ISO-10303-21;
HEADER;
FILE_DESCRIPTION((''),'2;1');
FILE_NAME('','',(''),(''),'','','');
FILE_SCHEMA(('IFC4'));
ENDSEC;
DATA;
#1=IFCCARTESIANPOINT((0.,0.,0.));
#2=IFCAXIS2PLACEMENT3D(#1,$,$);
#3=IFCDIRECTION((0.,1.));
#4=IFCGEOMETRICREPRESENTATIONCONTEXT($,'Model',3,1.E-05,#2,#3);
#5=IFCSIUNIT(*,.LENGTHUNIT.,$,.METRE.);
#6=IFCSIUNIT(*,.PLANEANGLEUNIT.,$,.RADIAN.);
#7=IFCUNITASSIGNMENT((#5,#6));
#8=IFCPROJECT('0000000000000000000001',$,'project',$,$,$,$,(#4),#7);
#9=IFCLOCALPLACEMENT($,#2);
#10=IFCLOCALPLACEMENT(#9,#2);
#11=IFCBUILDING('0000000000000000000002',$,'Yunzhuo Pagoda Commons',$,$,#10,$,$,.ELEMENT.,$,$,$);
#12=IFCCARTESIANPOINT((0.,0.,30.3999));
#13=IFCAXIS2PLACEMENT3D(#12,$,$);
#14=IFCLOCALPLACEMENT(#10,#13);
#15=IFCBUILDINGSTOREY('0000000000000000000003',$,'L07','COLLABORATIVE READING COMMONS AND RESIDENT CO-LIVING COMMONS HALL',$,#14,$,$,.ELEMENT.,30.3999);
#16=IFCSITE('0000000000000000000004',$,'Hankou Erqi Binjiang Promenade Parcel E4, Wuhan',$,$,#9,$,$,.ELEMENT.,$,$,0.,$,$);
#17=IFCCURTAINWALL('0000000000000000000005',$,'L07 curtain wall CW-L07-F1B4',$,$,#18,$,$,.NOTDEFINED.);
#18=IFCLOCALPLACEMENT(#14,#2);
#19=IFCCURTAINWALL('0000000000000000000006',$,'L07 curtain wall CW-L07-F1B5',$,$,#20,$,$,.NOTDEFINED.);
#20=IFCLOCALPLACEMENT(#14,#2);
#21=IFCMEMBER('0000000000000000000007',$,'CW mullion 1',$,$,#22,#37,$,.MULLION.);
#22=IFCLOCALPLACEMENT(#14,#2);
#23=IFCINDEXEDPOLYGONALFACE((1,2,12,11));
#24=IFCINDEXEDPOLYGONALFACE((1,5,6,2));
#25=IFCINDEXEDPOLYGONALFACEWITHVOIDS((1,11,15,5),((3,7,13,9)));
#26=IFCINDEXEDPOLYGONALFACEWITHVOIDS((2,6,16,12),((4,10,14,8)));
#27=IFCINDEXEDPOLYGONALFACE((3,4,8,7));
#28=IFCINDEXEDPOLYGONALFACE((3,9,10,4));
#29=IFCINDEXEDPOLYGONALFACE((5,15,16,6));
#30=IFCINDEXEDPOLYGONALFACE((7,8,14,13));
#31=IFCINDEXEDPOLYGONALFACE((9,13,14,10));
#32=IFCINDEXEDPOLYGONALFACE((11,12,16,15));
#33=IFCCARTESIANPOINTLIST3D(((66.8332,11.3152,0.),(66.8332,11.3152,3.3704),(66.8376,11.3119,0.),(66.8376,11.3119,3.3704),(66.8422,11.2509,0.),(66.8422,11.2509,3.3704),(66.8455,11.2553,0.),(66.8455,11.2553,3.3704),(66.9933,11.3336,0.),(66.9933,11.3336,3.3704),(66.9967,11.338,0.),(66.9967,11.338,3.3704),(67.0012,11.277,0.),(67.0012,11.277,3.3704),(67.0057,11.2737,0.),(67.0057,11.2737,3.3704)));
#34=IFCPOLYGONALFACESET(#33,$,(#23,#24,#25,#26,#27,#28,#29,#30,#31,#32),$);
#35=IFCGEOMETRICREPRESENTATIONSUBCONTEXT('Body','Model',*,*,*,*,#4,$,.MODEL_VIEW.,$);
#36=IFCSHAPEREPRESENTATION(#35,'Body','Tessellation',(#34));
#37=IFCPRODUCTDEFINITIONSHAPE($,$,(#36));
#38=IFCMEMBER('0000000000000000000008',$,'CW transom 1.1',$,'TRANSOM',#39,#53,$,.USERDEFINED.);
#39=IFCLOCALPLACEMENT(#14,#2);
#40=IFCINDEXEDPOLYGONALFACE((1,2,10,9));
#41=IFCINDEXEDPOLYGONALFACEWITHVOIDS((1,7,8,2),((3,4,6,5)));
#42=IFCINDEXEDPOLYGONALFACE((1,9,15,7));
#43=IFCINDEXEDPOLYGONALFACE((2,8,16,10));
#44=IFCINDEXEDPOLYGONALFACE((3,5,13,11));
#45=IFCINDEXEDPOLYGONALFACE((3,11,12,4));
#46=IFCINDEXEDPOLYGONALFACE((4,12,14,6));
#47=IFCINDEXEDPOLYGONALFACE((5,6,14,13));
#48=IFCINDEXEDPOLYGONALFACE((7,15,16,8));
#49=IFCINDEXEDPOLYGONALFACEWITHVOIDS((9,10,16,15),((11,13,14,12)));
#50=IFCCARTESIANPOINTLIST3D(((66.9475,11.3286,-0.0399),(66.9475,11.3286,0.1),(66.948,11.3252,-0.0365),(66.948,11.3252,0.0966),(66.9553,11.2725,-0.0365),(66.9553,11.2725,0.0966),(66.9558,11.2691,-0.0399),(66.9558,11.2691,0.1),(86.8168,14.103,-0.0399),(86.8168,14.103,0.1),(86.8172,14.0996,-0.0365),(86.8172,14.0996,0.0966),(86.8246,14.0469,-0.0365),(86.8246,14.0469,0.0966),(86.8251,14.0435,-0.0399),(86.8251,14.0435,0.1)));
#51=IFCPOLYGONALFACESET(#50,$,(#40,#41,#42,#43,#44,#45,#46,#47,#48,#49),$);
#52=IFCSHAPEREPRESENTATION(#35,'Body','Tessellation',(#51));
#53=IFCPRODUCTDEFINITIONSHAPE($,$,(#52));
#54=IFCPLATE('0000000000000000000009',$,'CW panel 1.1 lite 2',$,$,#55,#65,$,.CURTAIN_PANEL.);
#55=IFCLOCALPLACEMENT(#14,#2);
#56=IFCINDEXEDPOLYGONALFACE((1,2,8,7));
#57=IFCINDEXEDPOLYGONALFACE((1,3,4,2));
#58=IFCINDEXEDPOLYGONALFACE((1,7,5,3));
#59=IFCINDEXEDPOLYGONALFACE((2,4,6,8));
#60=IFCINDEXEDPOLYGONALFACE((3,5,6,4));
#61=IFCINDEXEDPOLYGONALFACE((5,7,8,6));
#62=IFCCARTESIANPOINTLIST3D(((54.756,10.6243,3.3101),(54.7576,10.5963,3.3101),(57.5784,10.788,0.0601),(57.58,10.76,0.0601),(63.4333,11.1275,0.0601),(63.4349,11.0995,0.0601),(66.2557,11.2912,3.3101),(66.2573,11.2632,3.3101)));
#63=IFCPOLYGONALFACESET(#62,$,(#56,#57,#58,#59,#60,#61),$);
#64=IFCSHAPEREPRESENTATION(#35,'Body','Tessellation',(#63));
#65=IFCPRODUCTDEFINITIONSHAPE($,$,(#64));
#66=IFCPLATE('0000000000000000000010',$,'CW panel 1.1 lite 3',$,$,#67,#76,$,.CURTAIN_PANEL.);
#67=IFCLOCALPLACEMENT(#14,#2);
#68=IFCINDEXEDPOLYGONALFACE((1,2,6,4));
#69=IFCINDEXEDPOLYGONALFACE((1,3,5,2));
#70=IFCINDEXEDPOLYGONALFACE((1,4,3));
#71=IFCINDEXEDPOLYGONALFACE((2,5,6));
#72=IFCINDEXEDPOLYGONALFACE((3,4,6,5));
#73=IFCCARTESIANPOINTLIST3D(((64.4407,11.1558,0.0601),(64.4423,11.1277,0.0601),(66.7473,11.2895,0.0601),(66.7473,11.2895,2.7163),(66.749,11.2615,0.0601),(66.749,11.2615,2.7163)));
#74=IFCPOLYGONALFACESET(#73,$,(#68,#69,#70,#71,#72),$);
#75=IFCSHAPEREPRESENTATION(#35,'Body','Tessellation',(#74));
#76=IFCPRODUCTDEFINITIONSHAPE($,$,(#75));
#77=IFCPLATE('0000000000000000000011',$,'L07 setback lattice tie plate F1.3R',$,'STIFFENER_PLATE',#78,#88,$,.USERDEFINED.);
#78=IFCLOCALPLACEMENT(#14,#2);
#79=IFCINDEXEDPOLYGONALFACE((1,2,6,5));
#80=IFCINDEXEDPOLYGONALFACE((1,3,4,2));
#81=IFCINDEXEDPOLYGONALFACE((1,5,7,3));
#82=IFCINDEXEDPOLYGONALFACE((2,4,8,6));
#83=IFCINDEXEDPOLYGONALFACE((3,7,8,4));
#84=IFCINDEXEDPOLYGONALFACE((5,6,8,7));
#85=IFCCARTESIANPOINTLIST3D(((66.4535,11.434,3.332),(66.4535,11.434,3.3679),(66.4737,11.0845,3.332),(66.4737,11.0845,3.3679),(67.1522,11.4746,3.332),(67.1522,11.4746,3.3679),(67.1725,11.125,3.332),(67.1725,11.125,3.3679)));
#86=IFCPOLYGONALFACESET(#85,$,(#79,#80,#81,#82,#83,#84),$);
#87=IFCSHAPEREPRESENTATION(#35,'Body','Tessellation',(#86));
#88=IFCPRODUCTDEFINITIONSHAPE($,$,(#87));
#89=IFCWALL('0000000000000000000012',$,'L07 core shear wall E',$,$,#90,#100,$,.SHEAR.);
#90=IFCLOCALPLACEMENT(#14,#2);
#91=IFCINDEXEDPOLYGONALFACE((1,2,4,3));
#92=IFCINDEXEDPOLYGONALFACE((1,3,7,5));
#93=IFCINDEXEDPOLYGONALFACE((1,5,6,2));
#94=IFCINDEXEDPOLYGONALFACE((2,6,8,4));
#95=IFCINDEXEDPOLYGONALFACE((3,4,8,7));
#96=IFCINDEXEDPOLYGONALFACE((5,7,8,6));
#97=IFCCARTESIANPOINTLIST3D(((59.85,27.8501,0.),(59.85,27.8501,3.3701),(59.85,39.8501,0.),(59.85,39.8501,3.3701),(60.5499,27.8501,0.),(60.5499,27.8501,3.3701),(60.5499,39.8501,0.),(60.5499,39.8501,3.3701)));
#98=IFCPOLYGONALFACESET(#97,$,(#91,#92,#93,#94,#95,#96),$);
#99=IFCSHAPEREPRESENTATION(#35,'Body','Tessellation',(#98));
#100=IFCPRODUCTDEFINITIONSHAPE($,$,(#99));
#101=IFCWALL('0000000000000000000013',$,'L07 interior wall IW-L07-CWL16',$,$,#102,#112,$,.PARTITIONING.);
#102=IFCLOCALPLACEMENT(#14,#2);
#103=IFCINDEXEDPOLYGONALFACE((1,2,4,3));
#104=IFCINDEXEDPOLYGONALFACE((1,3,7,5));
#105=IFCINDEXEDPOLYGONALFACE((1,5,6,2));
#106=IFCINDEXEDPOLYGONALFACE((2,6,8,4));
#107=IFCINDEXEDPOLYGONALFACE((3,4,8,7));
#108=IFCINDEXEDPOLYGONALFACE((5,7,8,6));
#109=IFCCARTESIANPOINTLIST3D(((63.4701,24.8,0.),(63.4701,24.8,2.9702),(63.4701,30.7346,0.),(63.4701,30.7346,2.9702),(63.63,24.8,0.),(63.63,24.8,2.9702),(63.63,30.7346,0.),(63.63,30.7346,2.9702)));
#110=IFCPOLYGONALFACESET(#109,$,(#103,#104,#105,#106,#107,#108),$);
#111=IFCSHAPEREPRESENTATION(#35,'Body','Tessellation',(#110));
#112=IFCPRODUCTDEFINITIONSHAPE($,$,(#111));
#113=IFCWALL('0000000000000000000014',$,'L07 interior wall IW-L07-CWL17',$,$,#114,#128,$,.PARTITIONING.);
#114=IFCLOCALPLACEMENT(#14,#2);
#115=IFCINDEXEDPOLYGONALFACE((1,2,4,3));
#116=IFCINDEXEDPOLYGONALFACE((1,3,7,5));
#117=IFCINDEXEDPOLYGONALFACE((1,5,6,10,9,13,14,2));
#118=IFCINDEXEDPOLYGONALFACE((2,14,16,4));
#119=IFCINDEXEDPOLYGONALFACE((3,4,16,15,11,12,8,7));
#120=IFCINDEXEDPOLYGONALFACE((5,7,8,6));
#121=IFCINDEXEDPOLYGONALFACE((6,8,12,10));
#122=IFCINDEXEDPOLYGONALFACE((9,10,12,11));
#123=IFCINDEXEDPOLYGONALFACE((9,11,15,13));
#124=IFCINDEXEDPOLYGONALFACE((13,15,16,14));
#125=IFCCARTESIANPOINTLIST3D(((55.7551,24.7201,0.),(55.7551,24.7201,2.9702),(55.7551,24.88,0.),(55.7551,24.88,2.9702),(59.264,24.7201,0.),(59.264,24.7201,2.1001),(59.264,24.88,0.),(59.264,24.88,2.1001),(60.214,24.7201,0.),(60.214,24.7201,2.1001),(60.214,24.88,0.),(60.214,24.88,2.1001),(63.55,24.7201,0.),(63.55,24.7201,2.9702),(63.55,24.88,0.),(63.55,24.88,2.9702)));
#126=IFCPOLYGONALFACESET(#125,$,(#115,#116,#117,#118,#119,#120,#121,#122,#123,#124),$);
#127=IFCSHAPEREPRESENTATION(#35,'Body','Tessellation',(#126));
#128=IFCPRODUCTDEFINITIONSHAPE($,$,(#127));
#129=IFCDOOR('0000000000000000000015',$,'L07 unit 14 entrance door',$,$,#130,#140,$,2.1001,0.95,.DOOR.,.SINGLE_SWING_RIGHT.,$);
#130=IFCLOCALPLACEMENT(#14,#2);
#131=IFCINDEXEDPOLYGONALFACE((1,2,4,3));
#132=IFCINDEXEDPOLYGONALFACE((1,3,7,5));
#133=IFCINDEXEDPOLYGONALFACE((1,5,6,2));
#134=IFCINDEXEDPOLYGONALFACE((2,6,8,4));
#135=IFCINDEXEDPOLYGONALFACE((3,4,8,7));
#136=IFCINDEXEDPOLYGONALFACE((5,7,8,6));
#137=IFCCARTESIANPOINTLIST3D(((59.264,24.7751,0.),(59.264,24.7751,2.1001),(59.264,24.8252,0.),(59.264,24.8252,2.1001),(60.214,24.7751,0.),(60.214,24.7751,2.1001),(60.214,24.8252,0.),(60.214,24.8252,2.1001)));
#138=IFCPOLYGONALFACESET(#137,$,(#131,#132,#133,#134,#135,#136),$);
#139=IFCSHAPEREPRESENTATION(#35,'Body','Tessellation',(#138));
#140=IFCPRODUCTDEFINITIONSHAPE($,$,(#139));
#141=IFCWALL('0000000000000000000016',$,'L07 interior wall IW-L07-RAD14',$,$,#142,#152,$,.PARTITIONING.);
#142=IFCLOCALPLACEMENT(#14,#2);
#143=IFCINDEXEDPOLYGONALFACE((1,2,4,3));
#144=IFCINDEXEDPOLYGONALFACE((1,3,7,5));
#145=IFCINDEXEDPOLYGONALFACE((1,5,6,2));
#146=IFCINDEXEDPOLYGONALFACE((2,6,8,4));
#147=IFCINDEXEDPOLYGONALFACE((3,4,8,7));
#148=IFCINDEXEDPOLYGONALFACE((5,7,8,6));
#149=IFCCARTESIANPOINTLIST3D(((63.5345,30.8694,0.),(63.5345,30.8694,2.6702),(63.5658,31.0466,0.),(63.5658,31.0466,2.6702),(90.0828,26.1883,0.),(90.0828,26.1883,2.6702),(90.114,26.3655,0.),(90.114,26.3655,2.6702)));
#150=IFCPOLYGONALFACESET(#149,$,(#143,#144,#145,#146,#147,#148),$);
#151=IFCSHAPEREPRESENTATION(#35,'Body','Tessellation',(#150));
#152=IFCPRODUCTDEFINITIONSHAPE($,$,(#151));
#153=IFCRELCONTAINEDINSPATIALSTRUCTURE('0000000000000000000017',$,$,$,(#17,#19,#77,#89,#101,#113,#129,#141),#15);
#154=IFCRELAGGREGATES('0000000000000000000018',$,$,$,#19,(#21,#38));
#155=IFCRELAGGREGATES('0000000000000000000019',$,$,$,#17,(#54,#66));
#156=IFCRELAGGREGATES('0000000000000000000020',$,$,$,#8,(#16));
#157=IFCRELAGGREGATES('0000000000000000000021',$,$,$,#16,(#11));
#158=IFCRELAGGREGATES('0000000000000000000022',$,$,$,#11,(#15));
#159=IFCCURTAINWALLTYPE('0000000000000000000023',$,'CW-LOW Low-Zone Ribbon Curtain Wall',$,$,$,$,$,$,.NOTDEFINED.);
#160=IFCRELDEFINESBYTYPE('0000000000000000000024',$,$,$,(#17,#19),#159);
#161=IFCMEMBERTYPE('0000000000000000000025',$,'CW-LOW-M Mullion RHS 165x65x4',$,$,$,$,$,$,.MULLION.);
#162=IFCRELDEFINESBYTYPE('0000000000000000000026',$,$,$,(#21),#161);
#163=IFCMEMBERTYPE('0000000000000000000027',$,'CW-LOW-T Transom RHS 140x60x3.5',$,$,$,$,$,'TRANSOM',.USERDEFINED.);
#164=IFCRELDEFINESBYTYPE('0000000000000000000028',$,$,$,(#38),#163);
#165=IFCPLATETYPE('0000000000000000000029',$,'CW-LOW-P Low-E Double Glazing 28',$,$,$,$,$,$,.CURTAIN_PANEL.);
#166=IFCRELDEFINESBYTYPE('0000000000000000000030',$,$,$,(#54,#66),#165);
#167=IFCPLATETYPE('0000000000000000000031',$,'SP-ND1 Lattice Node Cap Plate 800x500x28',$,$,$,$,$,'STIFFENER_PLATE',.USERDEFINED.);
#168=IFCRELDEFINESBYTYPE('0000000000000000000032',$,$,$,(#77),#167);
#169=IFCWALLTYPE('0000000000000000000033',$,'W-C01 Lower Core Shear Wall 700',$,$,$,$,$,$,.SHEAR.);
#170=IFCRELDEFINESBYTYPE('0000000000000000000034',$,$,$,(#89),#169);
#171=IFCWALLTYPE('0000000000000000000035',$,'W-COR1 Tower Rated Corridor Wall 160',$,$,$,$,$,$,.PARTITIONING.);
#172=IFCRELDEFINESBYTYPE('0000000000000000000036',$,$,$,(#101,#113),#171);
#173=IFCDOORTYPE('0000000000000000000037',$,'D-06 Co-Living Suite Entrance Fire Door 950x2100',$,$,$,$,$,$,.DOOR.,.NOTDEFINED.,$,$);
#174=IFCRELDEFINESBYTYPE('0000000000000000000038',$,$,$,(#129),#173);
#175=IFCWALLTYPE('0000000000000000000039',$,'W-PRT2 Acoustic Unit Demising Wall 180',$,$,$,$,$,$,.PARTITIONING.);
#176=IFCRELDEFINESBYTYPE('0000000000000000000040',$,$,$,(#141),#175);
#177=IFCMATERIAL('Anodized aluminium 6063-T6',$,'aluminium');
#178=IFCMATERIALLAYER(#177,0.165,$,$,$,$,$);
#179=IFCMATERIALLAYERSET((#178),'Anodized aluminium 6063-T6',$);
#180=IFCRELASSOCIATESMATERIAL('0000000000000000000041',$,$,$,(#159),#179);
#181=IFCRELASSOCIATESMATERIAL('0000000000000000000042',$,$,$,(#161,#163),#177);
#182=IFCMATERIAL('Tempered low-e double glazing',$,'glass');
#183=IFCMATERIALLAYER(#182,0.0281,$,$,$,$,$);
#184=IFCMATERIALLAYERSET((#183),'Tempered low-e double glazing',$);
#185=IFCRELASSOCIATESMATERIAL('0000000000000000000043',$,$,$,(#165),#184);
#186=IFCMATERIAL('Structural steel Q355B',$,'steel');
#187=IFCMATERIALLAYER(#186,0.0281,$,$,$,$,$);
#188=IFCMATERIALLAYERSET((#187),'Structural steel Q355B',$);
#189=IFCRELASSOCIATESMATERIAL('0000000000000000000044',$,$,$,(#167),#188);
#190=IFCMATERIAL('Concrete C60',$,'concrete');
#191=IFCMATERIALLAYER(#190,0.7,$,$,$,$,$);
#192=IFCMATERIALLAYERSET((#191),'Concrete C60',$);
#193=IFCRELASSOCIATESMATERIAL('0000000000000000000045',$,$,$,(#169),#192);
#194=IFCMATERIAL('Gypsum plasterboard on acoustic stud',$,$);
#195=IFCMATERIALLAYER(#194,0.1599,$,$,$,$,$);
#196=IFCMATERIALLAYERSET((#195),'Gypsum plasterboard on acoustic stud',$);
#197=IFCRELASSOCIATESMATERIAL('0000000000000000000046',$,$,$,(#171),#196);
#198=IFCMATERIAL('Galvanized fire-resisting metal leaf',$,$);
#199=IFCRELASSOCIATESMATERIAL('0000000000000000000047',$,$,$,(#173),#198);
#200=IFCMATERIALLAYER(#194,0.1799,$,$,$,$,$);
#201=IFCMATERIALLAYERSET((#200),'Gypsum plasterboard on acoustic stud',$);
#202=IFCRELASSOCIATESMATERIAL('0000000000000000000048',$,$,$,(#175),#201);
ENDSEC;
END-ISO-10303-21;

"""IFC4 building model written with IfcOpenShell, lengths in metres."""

from ifc_helpers import new_model, si_unit, direction, frame, frame_2d, origin, origin_with_axes, origin_2d, place, context, subcontext, project, spatial, polyline, rectangle, hollow_rectangle, outline, extrude, source, transform, mapped, material, layer, layer_set, material_profile, profile_set, type_object, element, fill, aggregate, save


model = new_model("IFC4")

# Units and contexts
model_context = context("Model", 3, precision=1e-05, world=origin(), true_north=direction((0.0, 1.0)))
body_context = subcontext(model_context, "Body", "Model", "MODEL_VIEW")
ifc_project = project(units=[si_unit("LENGTHUNIT", "METRE"), si_unit("PLANEANGLEUNIT", "RADIAN")], contexts=[model_context])

# Site, building, storey
site_placement = place(None, origin())
site = spatial("IfcSite", under=ifc_project, at=site_placement, Name="Hankou Erqi Binjiang Promenade Parcel E4, Wuhan", CompositionType="ELEMENT", RefElevation=0.0)
building_placement = place(site_placement, origin())
building = spatial("IfcBuilding", under=site, at=building_placement, Name="Yunzhuo Pagoda Commons", CompositionType="ELEMENT")
storey_placement = place(building_placement, frame((0.0, 0.0, 30.3999)))
storey = spatial("IfcBuildingStorey", under=building, at=storey_placement, Name="L07", Description="COLLABORATIVE READING COMMONS AND RESIDENT CO-LIVING COMMONS HALL", CompositionType="ELEMENT", Elevation=30.3999)

# Shared definitions
ifc_material_1 = material(Name="Structural steel Q355B", Category="steel")

# Curtain wall
ifc_material_2 = material(Name="Anodized aluminium 6063-T6", Category="aluminium")
ifc_layer_1 = layer(ifc_material_2, 0.165)
ifc_layer_set_1 = layer_set([ifc_layer_1], Name="Anodized aluminium 6063-T6")
curtain_wall_type = type_object("IfcCurtainWallType", Name="CW-LOW Low-Zone Ribbon Curtain Wall", PredefinedType="NOTDEFINED", material=ifc_layer_set_1)
curtain_wall_1_placement = place(storey_placement, origin())
curtain_wall_1 = element("IfcCurtainWall", 1, at=curtain_wall_1_placement, inside=storey, type_object=curtain_wall_type, Name="L07 curtain wall CW-L07-F1B4", PredefinedType="NOTDEFINED")
ifc_material_profile_1 = material_profile(ifc_material_2, hollow_rectangle(XDim=0.0649, YDim=0.165, WallThickness=0.0039, at=origin_2d()), Name="Anodized aluminium 6063-T6")
ifc_profile_set_1 = profile_set([ifc_material_profile_1], Name="Anodized aluminium 6063-T6")
member_type_1 = type_object("IfcMemberType", Name="CW-LOW-M Mullion RHS 165x65x4", PredefinedType="MULLION", material=ifc_profile_set_1)
shared_shape_1 = source(origin(), body_context, "Body", "SweptSolid", [
    extrude(hollow_rectangle(XDim=0.0649, YDim=0.165, WallThickness=0.0039, at=origin_2d()), origin(), (0.0, 0.0, 1.0), 3.3704),
])

# Curtain wall, members
curtain_wall_2_placement = place(storey_placement, origin())
curtain_wall_2 = element("IfcCurtainWall", 2, at=curtain_wall_2_placement, inside=storey, type_object=curtain_wall_type, Name="L07 curtain wall CW-L07-F1B5", PredefinedType="NOTDEFINED")
member_1_placement = place(storey_placement, frame((66.9194, 11.2944, 0.0), z_axis=(0.0, 0.0, 1.0), x_axis=(-0.138294, 0.990391, 0.0)))
member_1 = element("IfcMember", 3, at=member_1_placement, type_object=member_type_1, Name="CW mullion 1", PredefinedType="MULLION", context=body_context, shape_type="MappedRepresentation", body=[
    mapped(shared_shape_1, transform((0.0, 0.0, 0.0), scale=1.0)),
])
ifc_material_profile_2 = material_profile(ifc_material_2, hollow_rectangle(XDim=0.0601, YDim=0.1399, WallThickness=0.0034, at=origin_2d()), Name="Anodized aluminium 6063-T6")
ifc_profile_set_2 = profile_set([ifc_material_profile_2], Name="Anodized aluminium 6063-T6")
member_type_2 = type_object("IfcMemberType", Name="CW-LOW-T Transom RHS 140x60x3.5", ElementType="TRANSOM", PredefinedType="USERDEFINED", material=ifc_profile_set_2)
shared_shape_2 = source(origin(), body_context, "Body", "SweptSolid", [
    extrude(hollow_rectangle(XDim=0.0601, YDim=0.1399, WallThickness=0.0034, at=origin_2d()), origin(), (0.0, 0.0, 1.0), 20.062),
])
member_2_placement = place(storey_placement, frame((66.9517, 11.2988, 0.03), z_axis=(0.990391, 0.138293, 0.0), x_axis=(-0.138293, 0.990391, 0.0)))
member_2 = element("IfcMember", 4, at=member_2_placement, type_object=member_type_2, Name="CW transom 1.1", ObjectType="TRANSOM", PredefinedType="USERDEFINED", context=body_context, shape_type="MappedRepresentation", body=[
    mapped(shared_shape_2, transform((0.0, 0.0, 0.0), scale=1.0)),
])
aggregate(curtain_wall_2, [member_1, member_2])

# Plates
ifc_material_3 = material(Name="Tempered low-e double glazing", Category="glass")
ifc_layer_2 = layer(ifc_material_3, 0.0281)
ifc_layer_set_2 = layer_set([ifc_layer_2], Name="Tempered low-e double glazing")
plate_type_1 = type_object("IfcPlateType", Name="CW-LOW-P Low-E Double Glazing 28", PredefinedType="CURTAIN_PANEL", material=ifc_layer_set_2)
plate_1_placement = place(storey_placement, frame((60.5059, 10.9578, 1.6851), z_axis=(0.057899, -0.998322, 0.0), x_axis=(0.998322, 0.057899, 0.0)))
plate_1 = element("IfcPlate", 5, at=plate_1_placement, type_object=plate_type_1, Name="CW panel 1.1 lite 2", PredefinedType="CURTAIN_PANEL", context=body_context, shape_type="SweptSolid", body=[
    extrude(outline(polyline([(-5.7595, 1.625), (-2.9324, -1.625), (2.9324, -1.625), (5.7595, 1.625), (-5.7595, 1.625)])), origin(), (0.0, 0.0, 1.0), 0.0281),
])
plate_2_placement = place(storey_placement, frame((65.594, 11.2227, 1.3882), z_axis=(0.057899, -0.998322, 0.0), x_axis=(0.998322, 0.057899, 0.0)))
plate_2 = element("IfcPlate", 6, at=plate_2_placement, type_object=plate_type_1, Name="CW panel 1.1 lite 3", PredefinedType="CURTAIN_PANEL", context=body_context, shape_type="SweptSolid", body=[
    extrude(outline(polyline([(-1.1553, -1.3281), (1.1553, -1.3281), (1.1553, 1.3281), (-1.1553, -1.3281)])), origin(), (0.0, 0.0, 1.0), 0.0281),
])
aggregate(curtain_wall_1, [plate_1, plate_2])
ifc_layer_3 = layer(ifc_material_1, 0.0281)
ifc_layer_set_3 = layer_set([ifc_layer_3], Name="Structural steel Q355B")
plate_type_2 = type_object("IfcPlateType", Name="SP-ND1 Lattice Node Cap Plate 800x500x28", ElementType="STIFFENER_PLATE", PredefinedType="USERDEFINED", material=ifc_layer_set_3)
shared_shape_3 = source(origin(), body_context, "Body", "SweptSolid", [
    extrude(rectangle(XDim=0.7, YDim=0.3501, at=origin_2d()), origin(), (0.0, 0.0, 1.0), 0.0359),
])
plate_3_placement = place(storey_placement, frame((66.813, 11.2795, 3.332), z_axis=(0.0, 0.0, 1.0), x_axis=(0.998323, 0.057895, 0.0)))
element("IfcPlate", 7, at=plate_3_placement, inside=storey, type_object=plate_type_2, Name="L07 setback lattice tie plate F1.3R", ObjectType="STIFFENER_PLATE", PredefinedType="USERDEFINED", context=body_context, shape_type="MappedRepresentation", body=[
    mapped(shared_shape_3, transform((0.0, 0.0, 0.0), scale=1.0)),
])

# Walls
ifc_material_4 = material(Name="Concrete C60", Category="concrete")
ifc_layer_4 = layer(ifc_material_4, 0.7)
ifc_layer_set_4 = layer_set([ifc_layer_4], Name="Concrete C60")
wall_type_1 = type_object("IfcWallType", Name="W-C01 Lower Core Shear Wall 700", PredefinedType="SHEAR", material=ifc_layer_set_4)
wall_1_placement = place(storey_placement, frame((60.2, 27.8501, 0.0), z_axis=(0.0, 0.0, 1.0), x_axis=(0.0, 1.0, 0.0)))
element("IfcWall", 8, at=wall_1_placement, inside=storey, type_object=wall_type_1, Name="L07 core shear wall E", PredefinedType="SHEAR", context=body_context, shape_type="SweptSolid", body=[
    extrude(rectangle(XDim=12.0, YDim=0.7, at=frame_2d((6.0, 0.0))), origin(), (0.0, 0.0, 1.0), 3.3701),
])
ifc_material_5 = material(Name="Gypsum plasterboard on acoustic stud")
ifc_layer_5 = layer(ifc_material_5, 0.1599)
ifc_layer_set_5 = layer_set([ifc_layer_5], Name="Gypsum plasterboard on acoustic stud")
wall_type_2 = type_object("IfcWallType", Name="W-COR1 Tower Rated Corridor Wall 160", PredefinedType="PARTITIONING", material=ifc_layer_set_5)
wall_2_placement = place(storey_placement, frame((63.55, 30.7346, 0.0), z_axis=(0.0, 0.0, 1.0), x_axis=(0.0, -1.0, 0.0)))
element("IfcWall", 9, at=wall_2_placement, inside=storey, type_object=wall_type_2, Name="L07 interior wall IW-L07-CWL16", PredefinedType="PARTITIONING", context=body_context, shape_type="SweptSolid", body=[
    extrude(rectangle(XDim=5.9346, YDim=0.1599, at=frame_2d((2.9673, 0.0))), origin(), (0.0, 0.0, 1.0), 2.9702),
])

# Wall, opening, door
wall_3_placement = place(storey_placement, frame((63.55, 24.8, 0.0), z_axis=(0.0, 0.0, 1.0), x_axis=(-1.0, 0.0, 0.0)))
wall_3 = element("IfcWall", 10, at=wall_3_placement, inside=storey, type_object=wall_type_2, Name="L07 interior wall IW-L07-CWL17", PredefinedType="PARTITIONING", context=body_context, shape_type="SweptSolid", body=[
    extrude(rectangle(XDim=7.7949, YDim=0.1599, at=frame_2d((3.8975, 0.0))), origin(), (0.0, 0.0, 1.0), 2.9702),
])
opening_placement = place(wall_3_placement, frame((3.3359, 0.0, 0.0)))
opening = element("IfcOpeningElement", 11, at=opening_placement, cuts=wall_3, PredefinedType="OPENING", context=body_context, shape_type="SweptSolid", body=[
    extrude(rectangle(XDim=0.95, YDim=2.1001, at=frame_2d((0.4751, 1.05))), frame((0.0, 0.0898, 0.0), z_axis=(0.0, -1.0, 0.0), x_axis=(1.0, 0.0, 0.0)), (0.0, 0.0, 1.0), 0.1799),
])
ifc_material_6 = material(Name="Galvanized fire-resisting metal leaf")
door_type = type_object("IfcDoorType", Name="D-06 Co-Living Suite Entrance Fire Door 950x2100", OperationType="NOTDEFINED", PredefinedType="DOOR", material=ifc_material_6)
shared_shape_4 = source(origin(), body_context, "Body", "SweptSolid", [
    extrude(rectangle(XDim=0.95, YDim=2.1001, at=frame_2d((0.4751, 1.05))), frame((0.0, 0.0249, 0.0), z_axis=(0.0, -1.0, 0.0), x_axis=(1.0, 0.0, 0.0)), (0.0, 0.0, 1.0), 0.05),
])
door_placement = place(opening_placement, origin_with_axes())
door = element("IfcDoor", 12, at=door_placement, inside=storey, type_object=door_type, Name="L07 unit 14 entrance door", OperationType="SINGLE_SWING_RIGHT", OverallHeight=2.1001, OverallWidth=0.95, PredefinedType="DOOR", context=body_context, shape_type="MappedRepresentation", body=[
    mapped(shared_shape_4, transform((0.0, 0.0, 0.0), scale=1.0)),
])
fill(opening, door)

# Wall
ifc_layer_6 = layer(ifc_material_5, 0.1799)
ifc_layer_set_6 = layer_set([ifc_layer_6], Name="Gypsum plasterboard on acoustic stud")
wall_type_3 = type_object("IfcWallType", Name="W-PRT2 Acoustic Unit Demising Wall 180", PredefinedType="PARTITIONING", material=ifc_layer_set_6)
wall_4_placement = place(storey_placement, frame((63.55, 30.958, 0.0), z_axis=(0.0, 0.0, 1.0), x_axis=(0.984808, -0.173647, 0.0)))
element("IfcWall", 13, at=wall_4_placement, inside=storey, type_object=wall_type_3, Name="L07 interior wall IW-L07-RAD14", PredefinedType="PARTITIONING", context=body_context, shape_type="SweptSolid", body=[
    extrude(rectangle(XDim=26.9578, YDim=0.1799, at=frame_2d((13.479, 0.0))), origin(), (0.0, 0.0, 1.0), 2.6702),
])

save(model, "model.ifc")
